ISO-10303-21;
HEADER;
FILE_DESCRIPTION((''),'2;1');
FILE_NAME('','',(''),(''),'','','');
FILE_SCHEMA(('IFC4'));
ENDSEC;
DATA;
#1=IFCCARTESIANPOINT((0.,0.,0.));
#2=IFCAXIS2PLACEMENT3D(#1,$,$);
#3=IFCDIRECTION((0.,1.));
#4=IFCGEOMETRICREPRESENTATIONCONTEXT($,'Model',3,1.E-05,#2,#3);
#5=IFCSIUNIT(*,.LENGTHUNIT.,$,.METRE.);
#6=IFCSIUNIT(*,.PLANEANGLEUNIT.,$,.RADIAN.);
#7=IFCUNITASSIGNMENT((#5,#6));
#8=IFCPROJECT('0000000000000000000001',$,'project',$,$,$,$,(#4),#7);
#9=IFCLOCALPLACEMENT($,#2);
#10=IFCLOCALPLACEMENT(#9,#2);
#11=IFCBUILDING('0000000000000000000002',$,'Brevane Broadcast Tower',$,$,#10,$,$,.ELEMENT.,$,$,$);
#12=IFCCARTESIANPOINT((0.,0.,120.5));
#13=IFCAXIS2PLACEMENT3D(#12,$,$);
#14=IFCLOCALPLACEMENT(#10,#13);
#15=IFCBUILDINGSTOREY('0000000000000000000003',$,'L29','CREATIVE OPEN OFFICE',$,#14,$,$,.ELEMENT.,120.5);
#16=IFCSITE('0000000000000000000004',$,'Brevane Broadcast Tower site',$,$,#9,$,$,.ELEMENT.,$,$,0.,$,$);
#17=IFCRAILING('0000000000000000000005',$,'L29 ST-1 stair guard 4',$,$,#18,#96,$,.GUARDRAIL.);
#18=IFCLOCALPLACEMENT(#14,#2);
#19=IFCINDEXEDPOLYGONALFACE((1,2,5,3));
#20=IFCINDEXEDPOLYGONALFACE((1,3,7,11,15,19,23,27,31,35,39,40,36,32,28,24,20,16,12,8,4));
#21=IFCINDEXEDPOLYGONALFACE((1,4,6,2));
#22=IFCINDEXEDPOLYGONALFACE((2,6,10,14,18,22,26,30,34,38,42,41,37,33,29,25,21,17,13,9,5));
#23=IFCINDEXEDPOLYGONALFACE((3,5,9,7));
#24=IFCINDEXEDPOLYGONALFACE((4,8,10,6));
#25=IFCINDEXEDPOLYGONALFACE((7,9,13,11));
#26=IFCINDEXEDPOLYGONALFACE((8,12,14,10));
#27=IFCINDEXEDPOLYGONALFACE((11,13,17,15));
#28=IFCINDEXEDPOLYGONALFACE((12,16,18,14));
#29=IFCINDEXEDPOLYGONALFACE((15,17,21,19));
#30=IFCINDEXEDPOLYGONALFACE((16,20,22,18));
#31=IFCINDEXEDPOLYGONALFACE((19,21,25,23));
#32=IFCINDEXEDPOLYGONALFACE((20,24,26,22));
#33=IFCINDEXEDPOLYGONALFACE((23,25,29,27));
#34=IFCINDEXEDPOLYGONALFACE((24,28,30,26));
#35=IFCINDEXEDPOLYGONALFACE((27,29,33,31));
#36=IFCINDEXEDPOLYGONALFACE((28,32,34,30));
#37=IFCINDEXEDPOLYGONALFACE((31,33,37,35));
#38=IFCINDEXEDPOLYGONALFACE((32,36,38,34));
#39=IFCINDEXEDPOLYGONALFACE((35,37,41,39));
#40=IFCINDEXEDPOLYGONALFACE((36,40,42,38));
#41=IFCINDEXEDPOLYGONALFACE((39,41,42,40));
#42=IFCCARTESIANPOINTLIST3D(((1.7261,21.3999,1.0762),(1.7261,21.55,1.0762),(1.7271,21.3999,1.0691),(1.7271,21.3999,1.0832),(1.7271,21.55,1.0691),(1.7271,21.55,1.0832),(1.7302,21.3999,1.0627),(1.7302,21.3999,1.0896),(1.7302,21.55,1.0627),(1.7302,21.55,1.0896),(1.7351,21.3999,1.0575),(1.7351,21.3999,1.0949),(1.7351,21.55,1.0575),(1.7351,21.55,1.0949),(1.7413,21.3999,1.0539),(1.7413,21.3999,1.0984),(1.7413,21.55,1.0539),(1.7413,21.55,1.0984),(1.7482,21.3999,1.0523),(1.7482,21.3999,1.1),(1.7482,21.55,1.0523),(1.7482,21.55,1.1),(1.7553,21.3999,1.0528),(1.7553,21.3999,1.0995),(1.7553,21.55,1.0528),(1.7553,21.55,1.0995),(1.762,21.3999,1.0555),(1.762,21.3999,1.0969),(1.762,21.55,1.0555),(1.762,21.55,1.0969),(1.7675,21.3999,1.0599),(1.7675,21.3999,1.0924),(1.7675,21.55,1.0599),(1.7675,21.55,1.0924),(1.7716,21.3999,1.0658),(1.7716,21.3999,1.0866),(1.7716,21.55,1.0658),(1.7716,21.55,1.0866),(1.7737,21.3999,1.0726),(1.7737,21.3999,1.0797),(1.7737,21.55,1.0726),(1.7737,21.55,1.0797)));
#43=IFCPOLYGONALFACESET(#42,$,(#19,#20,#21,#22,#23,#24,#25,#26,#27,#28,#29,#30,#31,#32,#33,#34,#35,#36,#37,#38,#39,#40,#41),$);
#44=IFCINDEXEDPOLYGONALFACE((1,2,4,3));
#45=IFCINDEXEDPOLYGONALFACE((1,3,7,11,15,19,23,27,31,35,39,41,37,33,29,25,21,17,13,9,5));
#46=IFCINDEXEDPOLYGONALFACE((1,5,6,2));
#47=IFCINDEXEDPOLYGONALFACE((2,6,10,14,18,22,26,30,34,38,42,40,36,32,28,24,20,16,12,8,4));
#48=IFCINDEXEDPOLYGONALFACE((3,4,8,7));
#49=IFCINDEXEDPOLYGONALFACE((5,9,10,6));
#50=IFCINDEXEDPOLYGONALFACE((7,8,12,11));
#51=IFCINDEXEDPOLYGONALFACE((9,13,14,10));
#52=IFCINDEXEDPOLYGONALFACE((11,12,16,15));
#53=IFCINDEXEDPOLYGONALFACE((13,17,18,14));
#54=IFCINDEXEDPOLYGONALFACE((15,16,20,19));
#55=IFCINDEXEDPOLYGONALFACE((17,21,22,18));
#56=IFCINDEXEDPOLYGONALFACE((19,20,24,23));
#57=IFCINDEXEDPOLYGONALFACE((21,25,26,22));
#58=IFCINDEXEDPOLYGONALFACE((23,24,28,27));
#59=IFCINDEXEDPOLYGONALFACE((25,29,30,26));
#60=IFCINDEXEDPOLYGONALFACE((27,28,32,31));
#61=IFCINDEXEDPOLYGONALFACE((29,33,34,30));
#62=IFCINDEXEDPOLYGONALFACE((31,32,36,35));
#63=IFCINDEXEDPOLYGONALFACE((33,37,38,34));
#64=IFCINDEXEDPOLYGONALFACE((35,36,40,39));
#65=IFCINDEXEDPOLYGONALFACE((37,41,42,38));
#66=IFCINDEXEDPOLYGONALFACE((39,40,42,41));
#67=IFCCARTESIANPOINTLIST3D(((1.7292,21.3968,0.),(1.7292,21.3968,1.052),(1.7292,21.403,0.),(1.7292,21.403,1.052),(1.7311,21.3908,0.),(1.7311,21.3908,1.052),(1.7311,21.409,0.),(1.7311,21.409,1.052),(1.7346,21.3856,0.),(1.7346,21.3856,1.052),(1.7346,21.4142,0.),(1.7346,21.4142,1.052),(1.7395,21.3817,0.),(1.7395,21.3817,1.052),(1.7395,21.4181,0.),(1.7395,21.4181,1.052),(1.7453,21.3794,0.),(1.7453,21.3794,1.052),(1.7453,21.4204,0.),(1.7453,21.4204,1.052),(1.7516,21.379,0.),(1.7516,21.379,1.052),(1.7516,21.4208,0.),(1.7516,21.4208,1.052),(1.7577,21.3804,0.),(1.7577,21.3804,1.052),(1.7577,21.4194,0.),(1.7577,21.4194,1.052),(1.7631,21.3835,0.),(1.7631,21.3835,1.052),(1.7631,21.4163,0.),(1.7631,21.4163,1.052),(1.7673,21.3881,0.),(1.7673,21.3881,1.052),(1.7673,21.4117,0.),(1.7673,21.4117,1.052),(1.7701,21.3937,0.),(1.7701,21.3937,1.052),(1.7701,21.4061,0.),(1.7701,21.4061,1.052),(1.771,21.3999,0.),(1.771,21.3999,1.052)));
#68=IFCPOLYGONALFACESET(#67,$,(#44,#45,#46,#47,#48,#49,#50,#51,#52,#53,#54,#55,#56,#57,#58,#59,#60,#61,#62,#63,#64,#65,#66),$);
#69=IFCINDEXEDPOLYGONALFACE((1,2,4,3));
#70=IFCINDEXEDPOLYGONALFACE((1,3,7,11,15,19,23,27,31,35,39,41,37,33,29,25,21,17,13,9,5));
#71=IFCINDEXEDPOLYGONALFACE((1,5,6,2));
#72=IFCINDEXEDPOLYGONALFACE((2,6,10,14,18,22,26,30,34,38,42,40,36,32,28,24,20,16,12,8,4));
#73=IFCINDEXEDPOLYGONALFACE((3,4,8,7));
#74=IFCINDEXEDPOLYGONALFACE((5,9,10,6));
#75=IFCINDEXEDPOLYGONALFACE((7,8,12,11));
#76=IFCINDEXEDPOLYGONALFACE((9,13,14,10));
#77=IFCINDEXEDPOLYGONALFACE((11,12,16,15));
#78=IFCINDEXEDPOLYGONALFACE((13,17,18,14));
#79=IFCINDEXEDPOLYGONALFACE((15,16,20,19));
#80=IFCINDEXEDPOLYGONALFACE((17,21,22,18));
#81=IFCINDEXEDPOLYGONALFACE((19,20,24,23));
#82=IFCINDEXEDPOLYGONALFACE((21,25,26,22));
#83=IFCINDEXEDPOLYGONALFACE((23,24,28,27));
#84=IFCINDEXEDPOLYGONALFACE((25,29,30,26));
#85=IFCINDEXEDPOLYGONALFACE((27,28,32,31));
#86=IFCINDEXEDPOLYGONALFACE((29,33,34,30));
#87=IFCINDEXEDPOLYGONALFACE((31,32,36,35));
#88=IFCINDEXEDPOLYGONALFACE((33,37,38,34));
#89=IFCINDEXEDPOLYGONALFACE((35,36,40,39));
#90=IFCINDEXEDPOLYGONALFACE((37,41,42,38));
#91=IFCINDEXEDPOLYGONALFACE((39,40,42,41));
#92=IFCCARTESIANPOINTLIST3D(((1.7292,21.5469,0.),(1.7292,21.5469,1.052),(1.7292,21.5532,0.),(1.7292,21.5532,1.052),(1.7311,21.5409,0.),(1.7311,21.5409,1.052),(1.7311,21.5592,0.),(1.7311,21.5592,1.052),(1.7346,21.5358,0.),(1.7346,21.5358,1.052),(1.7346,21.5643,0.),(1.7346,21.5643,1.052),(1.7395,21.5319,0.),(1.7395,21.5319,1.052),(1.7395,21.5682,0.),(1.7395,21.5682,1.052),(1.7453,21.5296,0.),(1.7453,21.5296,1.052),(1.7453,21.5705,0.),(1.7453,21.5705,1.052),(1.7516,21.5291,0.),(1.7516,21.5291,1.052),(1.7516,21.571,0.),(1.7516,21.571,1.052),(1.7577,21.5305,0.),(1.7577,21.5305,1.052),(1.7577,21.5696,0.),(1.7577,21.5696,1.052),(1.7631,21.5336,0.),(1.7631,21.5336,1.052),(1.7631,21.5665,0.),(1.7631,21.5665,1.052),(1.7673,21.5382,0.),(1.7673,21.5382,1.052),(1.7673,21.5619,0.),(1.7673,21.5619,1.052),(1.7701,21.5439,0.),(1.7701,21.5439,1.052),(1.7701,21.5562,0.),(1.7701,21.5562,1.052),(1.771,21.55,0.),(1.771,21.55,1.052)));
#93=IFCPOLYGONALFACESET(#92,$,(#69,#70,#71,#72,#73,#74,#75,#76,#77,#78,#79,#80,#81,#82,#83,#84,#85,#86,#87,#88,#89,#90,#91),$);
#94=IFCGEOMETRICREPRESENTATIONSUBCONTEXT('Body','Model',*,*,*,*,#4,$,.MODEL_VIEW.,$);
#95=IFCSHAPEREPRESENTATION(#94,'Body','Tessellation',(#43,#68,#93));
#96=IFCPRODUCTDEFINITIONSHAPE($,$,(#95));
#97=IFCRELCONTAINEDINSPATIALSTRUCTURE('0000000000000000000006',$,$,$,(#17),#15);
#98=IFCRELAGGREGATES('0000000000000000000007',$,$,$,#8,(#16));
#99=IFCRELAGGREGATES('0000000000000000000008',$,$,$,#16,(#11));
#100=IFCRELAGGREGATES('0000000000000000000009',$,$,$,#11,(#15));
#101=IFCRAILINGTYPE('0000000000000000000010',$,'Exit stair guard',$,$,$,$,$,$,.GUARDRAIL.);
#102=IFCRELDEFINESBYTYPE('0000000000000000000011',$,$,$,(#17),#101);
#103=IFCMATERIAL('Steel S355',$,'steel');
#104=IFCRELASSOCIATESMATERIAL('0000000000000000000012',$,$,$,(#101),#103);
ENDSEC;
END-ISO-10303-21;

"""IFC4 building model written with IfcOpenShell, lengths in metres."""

from ifc_helpers import new_model, si_unit, direction, frame, origin, origin_2d, place, context, subcontext, project, spatial, circle, extrude, material, type_object, element, save


model = new_model("IFC4")

# Units and contexts
model_context = context("Model", 3, precision=1e-05, world=origin(), true_north=direction((0.0, 1.0)))
body_context = subcontext(model_context, "Body", "Model", "MODEL_VIEW")
ifc_project = project(units=[si_unit("LENGTHUNIT", "METRE"), si_unit("PLANEANGLEUNIT", "RADIAN")], contexts=[model_context])

# Site, building, storey
site_placement = place(None, origin())
site = spatial("IfcSite", under=ifc_project, at=site_placement, Name="Brevane Broadcast Tower site", CompositionType="ELEMENT", RefElevation=0.0)
building_placement = place(site_placement, origin())
building = spatial("IfcBuilding", under=site, at=building_placement, Name="Brevane Broadcast Tower", CompositionType="ELEMENT")
storey_placement = place(building_placement, frame((0.0, 0.0, 120.5)))
storey = spatial("IfcBuildingStorey", under=building, at=storey_placement, Name="L29", Description="CREATIVE OPEN OFFICE", CompositionType="ELEMENT", Elevation=120.5)

# Railing
ifc_material_1 = material(Name="Steel S355", Category="steel")
railing_type_1 = type_object("IfcRailingType", Name="Exit stair guard", PredefinedType="GUARDRAIL", material=ifc_material_1)
railing_1_placement = place(storey_placement, frame((1.75, 21.3999, 0.0)))
element("IfcRailing", 1, at=railing_1_placement, inside=storey, type_object=railing_type_1, Name="L29 ST-1 stair guard 4", PredefinedType="GUARDRAIL", context=body_context, shape_type="SweptSolid", body=[
    extrude(circle(Radius=0.0239, at=origin_2d()), frame((0.0, 0.0, 1.0762), z_axis=(0.0, 1.0, 0.0), x_axis=(-1.0, 0.0, 0.0)), (0.0, 0.0, 1.0), 0.1501),
    extrude(circle(Radius=0.021, at=origin_2d()), origin(), (0.0, 0.0, 1.0), 1.052),
    extrude(circle(Radius=0.021, at=origin_2d()), frame((0.0, 0.1501, 0.0)), (0.0, 0.0, 1.0), 1.052),
])

save(model, "model.ifc")
